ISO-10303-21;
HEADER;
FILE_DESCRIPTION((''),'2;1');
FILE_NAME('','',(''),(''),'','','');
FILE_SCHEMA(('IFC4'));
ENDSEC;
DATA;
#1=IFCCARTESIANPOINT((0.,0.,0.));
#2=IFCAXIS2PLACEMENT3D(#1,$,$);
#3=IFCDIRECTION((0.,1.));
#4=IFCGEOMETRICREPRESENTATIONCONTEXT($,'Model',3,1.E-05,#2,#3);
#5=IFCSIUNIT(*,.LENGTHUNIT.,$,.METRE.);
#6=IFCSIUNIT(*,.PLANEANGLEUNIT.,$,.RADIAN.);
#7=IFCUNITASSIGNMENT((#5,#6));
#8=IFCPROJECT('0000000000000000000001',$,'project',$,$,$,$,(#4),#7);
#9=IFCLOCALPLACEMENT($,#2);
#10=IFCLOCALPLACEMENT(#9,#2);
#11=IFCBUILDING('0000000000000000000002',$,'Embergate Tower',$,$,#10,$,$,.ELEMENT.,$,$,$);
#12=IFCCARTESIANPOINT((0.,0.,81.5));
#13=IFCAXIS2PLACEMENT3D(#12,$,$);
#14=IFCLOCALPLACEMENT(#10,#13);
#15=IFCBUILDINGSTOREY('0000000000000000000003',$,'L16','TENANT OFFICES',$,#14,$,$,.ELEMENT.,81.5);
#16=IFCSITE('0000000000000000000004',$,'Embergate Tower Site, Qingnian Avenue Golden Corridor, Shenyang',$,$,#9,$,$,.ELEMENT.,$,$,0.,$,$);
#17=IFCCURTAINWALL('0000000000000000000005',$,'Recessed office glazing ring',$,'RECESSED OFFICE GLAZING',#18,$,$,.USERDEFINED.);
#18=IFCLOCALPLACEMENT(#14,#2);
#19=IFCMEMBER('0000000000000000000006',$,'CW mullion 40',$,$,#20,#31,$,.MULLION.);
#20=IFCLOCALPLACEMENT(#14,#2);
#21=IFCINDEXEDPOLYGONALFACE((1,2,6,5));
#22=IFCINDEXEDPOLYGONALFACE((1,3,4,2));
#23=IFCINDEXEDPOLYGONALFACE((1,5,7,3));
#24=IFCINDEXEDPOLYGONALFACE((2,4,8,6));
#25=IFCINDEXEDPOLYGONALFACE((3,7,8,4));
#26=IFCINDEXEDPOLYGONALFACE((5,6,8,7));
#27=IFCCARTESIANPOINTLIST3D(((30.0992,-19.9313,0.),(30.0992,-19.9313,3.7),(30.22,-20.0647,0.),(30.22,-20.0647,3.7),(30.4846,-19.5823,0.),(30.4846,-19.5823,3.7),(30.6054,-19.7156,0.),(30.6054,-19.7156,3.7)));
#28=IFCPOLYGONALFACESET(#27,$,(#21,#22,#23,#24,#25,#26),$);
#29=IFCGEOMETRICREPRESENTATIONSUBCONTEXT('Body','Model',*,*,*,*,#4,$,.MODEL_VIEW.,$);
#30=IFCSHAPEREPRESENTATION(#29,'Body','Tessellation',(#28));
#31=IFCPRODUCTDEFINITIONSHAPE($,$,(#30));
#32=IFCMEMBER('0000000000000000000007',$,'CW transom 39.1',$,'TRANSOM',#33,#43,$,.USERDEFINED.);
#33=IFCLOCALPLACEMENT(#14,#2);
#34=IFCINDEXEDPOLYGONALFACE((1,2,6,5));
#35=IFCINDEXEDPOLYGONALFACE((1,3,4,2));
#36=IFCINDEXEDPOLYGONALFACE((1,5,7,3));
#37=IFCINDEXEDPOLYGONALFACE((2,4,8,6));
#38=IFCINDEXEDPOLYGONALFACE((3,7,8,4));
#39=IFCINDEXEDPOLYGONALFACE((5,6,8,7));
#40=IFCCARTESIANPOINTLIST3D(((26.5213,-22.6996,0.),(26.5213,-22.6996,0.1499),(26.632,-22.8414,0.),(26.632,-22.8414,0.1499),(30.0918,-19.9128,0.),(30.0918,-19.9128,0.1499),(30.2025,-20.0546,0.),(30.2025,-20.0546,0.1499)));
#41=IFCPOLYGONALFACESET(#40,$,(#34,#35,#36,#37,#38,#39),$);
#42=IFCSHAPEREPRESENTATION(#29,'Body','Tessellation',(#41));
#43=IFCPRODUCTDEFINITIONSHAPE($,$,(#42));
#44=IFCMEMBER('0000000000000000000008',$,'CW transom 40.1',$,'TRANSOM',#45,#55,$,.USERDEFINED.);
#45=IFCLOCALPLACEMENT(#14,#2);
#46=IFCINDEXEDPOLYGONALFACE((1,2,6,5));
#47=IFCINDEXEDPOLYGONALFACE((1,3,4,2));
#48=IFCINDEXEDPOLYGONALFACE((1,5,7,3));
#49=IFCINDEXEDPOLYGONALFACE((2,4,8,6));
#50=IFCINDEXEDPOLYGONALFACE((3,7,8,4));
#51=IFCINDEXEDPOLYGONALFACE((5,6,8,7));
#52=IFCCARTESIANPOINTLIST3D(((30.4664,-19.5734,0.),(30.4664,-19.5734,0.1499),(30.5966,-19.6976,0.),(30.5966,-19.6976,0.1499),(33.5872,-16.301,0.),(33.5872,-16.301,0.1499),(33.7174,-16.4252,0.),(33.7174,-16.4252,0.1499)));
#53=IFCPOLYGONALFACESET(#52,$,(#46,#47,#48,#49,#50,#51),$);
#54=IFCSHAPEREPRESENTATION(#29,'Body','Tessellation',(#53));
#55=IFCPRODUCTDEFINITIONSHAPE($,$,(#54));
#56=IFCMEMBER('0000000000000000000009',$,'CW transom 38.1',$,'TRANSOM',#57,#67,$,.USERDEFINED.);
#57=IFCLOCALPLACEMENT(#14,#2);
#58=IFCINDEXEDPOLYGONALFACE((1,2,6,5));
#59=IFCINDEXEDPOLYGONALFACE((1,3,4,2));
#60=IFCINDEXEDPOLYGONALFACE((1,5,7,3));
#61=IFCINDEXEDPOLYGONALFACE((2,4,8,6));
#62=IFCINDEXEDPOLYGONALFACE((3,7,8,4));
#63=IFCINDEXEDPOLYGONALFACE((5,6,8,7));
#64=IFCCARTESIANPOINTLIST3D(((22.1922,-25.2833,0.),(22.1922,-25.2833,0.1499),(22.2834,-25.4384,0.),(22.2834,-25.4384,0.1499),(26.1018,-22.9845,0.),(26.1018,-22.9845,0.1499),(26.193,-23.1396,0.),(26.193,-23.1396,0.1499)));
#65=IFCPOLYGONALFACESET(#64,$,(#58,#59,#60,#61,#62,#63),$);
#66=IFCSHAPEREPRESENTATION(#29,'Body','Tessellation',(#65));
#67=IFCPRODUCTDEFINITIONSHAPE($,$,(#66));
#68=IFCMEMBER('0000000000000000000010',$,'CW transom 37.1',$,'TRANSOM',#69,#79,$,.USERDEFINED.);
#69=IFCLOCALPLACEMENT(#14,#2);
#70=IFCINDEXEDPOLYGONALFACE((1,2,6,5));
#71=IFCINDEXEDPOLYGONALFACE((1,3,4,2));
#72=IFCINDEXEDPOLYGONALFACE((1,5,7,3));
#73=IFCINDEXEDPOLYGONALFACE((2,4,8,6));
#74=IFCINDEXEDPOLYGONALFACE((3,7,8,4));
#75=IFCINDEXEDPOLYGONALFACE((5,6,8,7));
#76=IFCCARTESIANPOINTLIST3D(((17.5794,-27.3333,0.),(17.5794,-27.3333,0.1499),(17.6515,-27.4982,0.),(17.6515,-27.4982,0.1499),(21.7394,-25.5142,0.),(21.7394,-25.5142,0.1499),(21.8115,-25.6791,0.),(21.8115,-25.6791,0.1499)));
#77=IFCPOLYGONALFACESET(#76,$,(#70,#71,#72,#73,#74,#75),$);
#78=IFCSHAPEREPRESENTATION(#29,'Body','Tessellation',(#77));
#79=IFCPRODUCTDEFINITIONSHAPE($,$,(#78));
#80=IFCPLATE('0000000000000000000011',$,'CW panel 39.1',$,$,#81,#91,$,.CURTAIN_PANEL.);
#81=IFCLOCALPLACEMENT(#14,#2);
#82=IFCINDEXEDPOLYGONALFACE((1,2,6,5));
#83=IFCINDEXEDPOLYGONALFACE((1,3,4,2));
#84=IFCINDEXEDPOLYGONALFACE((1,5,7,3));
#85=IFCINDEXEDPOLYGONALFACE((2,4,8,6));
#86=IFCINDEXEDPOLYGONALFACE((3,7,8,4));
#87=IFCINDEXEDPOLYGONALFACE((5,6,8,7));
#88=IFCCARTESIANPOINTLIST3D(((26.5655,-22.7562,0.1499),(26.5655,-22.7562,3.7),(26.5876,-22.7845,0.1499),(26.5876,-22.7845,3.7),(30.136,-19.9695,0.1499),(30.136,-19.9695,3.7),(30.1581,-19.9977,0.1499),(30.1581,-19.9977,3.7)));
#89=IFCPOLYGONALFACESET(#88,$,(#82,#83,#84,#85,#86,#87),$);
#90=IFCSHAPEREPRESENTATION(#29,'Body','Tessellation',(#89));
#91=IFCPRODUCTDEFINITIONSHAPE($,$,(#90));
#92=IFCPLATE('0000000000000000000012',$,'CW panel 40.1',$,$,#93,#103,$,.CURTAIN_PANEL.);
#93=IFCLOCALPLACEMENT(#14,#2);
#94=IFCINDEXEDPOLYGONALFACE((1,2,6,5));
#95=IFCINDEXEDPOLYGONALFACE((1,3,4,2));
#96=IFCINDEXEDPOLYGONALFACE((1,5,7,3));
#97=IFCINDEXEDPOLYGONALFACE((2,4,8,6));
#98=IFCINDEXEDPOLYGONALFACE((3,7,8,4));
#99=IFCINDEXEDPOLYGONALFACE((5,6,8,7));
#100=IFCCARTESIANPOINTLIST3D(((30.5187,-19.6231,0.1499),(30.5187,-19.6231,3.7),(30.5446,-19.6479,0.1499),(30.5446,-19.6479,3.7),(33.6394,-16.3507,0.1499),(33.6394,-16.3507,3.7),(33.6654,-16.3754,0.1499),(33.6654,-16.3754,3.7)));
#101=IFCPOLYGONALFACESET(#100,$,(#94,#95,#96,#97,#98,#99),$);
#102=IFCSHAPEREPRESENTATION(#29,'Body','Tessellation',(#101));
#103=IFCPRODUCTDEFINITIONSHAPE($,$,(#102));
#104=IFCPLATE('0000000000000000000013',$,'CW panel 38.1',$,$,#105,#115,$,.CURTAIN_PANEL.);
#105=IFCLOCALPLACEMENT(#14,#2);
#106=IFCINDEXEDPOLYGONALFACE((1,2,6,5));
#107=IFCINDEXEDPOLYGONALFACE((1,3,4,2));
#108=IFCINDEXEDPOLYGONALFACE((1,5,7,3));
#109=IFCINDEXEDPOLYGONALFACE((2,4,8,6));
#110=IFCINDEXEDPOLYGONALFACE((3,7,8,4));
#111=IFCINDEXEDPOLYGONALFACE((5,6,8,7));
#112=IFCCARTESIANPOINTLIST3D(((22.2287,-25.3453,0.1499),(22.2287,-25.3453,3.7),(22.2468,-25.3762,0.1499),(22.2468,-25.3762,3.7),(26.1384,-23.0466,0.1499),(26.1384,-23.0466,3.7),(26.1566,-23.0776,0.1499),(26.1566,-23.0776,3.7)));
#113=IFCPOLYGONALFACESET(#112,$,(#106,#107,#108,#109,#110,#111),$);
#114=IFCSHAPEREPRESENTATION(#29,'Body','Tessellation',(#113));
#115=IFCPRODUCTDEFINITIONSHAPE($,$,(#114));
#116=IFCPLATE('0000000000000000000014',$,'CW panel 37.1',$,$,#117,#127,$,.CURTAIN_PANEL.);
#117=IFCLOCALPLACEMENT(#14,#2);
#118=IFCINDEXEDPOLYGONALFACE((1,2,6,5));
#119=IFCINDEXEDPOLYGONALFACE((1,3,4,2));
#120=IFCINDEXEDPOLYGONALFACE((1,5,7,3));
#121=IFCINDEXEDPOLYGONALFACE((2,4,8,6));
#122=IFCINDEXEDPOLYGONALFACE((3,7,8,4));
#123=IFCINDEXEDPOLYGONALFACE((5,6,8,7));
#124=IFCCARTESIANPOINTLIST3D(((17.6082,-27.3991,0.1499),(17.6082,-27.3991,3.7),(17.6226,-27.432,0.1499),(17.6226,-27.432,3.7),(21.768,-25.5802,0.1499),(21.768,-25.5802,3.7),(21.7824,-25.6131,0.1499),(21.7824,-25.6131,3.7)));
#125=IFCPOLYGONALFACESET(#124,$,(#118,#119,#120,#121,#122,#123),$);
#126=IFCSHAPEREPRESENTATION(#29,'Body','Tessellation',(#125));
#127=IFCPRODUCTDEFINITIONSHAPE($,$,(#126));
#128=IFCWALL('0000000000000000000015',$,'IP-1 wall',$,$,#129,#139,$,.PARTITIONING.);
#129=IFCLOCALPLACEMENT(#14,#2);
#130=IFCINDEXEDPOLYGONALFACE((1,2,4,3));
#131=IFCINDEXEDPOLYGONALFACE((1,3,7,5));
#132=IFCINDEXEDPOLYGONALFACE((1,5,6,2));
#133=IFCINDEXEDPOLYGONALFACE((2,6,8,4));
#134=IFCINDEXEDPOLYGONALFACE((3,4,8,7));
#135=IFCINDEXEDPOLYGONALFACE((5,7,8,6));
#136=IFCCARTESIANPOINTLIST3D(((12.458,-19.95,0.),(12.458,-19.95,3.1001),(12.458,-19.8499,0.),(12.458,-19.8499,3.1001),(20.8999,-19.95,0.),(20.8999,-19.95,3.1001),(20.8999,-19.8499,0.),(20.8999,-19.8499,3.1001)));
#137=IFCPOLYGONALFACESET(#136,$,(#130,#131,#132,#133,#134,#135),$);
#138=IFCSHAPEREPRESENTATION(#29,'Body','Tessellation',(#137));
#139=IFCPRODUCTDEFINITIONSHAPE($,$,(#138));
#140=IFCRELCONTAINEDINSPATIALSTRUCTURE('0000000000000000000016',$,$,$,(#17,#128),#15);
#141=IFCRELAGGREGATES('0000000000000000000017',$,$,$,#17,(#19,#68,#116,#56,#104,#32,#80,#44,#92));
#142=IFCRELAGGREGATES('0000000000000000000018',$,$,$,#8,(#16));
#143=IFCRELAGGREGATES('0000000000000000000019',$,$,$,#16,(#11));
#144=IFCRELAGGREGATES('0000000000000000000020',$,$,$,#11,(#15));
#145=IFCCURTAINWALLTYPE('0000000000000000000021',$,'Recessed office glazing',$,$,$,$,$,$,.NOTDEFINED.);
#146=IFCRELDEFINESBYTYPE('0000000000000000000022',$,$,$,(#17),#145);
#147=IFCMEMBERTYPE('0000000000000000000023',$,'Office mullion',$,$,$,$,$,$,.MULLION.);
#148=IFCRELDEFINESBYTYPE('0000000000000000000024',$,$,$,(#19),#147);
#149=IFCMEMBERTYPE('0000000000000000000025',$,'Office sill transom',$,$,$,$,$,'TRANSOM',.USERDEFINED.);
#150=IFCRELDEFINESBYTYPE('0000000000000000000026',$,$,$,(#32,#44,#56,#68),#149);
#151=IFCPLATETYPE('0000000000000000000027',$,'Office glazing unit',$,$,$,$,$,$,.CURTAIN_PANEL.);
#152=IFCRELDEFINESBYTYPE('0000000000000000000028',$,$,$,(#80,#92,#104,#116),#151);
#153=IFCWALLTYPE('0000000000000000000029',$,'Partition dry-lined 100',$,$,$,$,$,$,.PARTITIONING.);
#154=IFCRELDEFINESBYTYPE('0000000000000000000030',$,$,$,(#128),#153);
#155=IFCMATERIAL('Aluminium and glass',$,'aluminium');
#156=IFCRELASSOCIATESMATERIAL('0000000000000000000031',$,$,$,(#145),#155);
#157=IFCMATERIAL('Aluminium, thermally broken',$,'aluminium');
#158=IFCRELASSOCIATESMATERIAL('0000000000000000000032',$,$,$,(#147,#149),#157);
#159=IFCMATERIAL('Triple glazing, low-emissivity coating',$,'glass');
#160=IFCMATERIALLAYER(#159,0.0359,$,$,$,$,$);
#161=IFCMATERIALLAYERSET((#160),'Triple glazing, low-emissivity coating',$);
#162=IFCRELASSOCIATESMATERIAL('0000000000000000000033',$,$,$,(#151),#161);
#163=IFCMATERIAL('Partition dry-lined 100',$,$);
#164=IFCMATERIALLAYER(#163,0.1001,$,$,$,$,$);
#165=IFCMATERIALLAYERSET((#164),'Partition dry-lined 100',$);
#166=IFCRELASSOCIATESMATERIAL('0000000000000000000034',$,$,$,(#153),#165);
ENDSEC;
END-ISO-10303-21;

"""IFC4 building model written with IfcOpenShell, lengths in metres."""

from ifc_helpers import new_model, si_unit, direction, frame, frame_2d, origin, origin_2d, place, context, subcontext, project, spatial, rectangle, extrude, source, transform, mapped, material, layer, layer_set, material_profile, profile_set, type_object, element, aggregate, save


model = new_model("IFC4")

# Units and contexts
model_context = context("Model", 3, precision=1e-05, world=origin(), true_north=direction((0.0, 1.0)))
body_context = subcontext(model_context, "Body", "Model", "MODEL_VIEW")
ifc_project = project(units=[si_unit("LENGTHUNIT", "METRE"), si_unit("PLANEANGLEUNIT", "RADIAN")], contexts=[model_context])

# Site, building, storey
site_placement = place(None, origin())
site = spatial("IfcSite", under=ifc_project, at=site_placement, Name="Embergate Tower Site, Qingnian Avenue Golden Corridor, Shenyang", CompositionType="ELEMENT", RefElevation=0.0)
building_placement = place(site_placement, origin())
building = spatial("IfcBuilding", under=site, at=building_placement, Name="Embergate Tower", CompositionType="ELEMENT")
storey_placement = place(building_placement, frame((0.0, 0.0, 81.5)))
storey = spatial("IfcBuildingStorey", under=building, at=storey_placement, Name="L16", Description="TENANT OFFICES", CompositionType="ELEMENT", Elevation=81.5)

# Curtain wall, members, plates
ifc_material_1 = material(Name="Aluminium and glass", Category="aluminium")
curtain_wall_type = type_object("IfcCurtainWallType", Name="Recessed office glazing", PredefinedType="NOTDEFINED", material=ifc_material_1)
curtain_wall_placement = place(storey_placement, origin())
curtain_wall = element("IfcCurtainWall", 1, at=curtain_wall_placement, inside=storey, type_object=curtain_wall_type, Name="Recessed office glazing ring", ObjectType="RECESSED OFFICE GLAZING", PredefinedType="USERDEFINED")
ifc_material_2 = material(Name="Aluminium, thermally broken", Category="aluminium")
ifc_material_profile_1 = material_profile(ifc_material_2, rectangle(XDim=0.1799, YDim=0.52, at=origin_2d()), Name="AL 520x180")
ifc_profile_set_1 = profile_set([ifc_material_profile_1], Name="Aluminium, thermally broken")
member_type_1 = type_object("IfcMemberType", Name="Office mullion", PredefinedType="MULLION", material=ifc_profile_set_1)
shared_shape_1 = source(origin(), body_context, "Body", "SweptSolid", [
    extrude(rectangle(XDim=0.1799, YDim=0.52, at=origin_2d()), origin(), (0.0, 0.0, 1.0), 3.7),
])
member_1_placement = place(storey_placement, frame((30.3523, -19.8235, 0.0), z_axis=(0.0, 0.0, 1.0), x_axis=(-0.671229, 0.74125, 0.0)))
member_1 = element("IfcMember", 2, at=member_1_placement, type_object=member_type_1, Name="CW mullion 40", PredefinedType="MULLION", context=body_context, shape_type="MappedRepresentation", body=[
    mapped(shared_shape_1, transform((0.0, 0.0, 0.0))),
])
ifc_material_profile_2 = material_profile(ifc_material_2, rectangle(XDim=0.1799, YDim=0.1499, at=origin_2d()), Name="AL 150x180")
ifc_profile_set_2 = profile_set([ifc_material_profile_2], Name="Aluminium, thermally broken")
member_type_2 = type_object("IfcMemberType", Name="Office sill transom", ElementType="TRANSOM", PredefinedType="USERDEFINED", material=ifc_profile_set_2)
shared_shape_2 = source(origin(), body_context, "Body", "SweptSolid", [
    extrude(rectangle(XDim=0.1799, YDim=0.1499, at=origin_2d()), origin(), (0.0, 0.0, 1.0), 4.5293),
])
member_2_placement = place(storey_placement, frame((26.5767, -22.7705, 0.075), z_axis=(0.788306, 0.615283, 0.0), x_axis=(-0.615283, 0.788306, 0.0)))
member_2 = element("IfcMember", 3, at=member_2_placement, type_object=member_type_2, Name="CW transom 39.1", ObjectType="TRANSOM", PredefinedType="USERDEFINED", context=body_context, shape_type="MappedRepresentation", body=[
    mapped(shared_shape_2, transform((0.0, 0.0, 0.0))),
])
shared_shape_3 = source(origin(), body_context, "Body", "SweptSolid", [
    extrude(rectangle(XDim=0.1799, YDim=0.1499, at=origin_2d()), origin(), (0.0, 0.0, 1.0), 4.522),
])
member_3_placement = place(storey_placement, frame((30.5315, -19.6355, 0.075), z_axis=(0.690144, 0.723672, 0.0), x_axis=(-0.723672, 0.690144, 0.0)))
member_3 = element("IfcMember", 4, at=member_3_placement, type_object=member_type_2, Name="CW transom 40.1", ObjectType="TRANSOM", PredefinedType="USERDEFINED", context=body_context, shape_type="MappedRepresentation", body=[
    mapped(shared_shape_3, transform((0.0, 0.0, 0.0))),
])
shared_shape_4 = source(origin(), body_context, "Body", "SweptSolid", [
    extrude(rectangle(XDim=0.1799, YDim=0.1499, at=origin_2d()), origin(), (0.0, 0.0, 1.0), 4.5354),
])
member_4_placement = place(storey_placement, frame((22.2378, -25.3608, 0.075), z_axis=(0.862028, 0.50686, 0.0), x_axis=(-0.50686, 0.862028, 0.0)))
member_4 = element("IfcMember", 5, at=member_4_placement, type_object=member_type_2, Name="CW transom 38.1", ObjectType="TRANSOM", PredefinedType="USERDEFINED", context=body_context, shape_type="MappedRepresentation", body=[
    mapped(shared_shape_4, transform((0.0, 0.0, 0.0))),
])
shared_shape_5 = source(origin(), body_context, "Body", "SweptSolid", [
    extrude(rectangle(XDim=0.1799, YDim=0.1499, at=origin_2d()), origin(), (0.0, 0.0, 1.0), 4.5403),
])
member_5_placement = place(storey_placement, frame((17.6155, -27.4158, 0.075), z_axis=(0.916228, 0.400658, 0.0), x_axis=(-0.400658, 0.916228, 0.0)))
member_5 = element("IfcMember", 6, at=member_5_placement, type_object=member_type_2, Name="CW transom 37.1", ObjectType="TRANSOM", PredefinedType="USERDEFINED", context=body_context, shape_type="MappedRepresentation", body=[
    mapped(shared_shape_5, transform((0.0, 0.0, 0.0))),
])
ifc_material_3 = material(Name="Triple glazing, low-emissivity coating", Category="glass")
ifc_layer_1 = layer(ifc_material_3, 0.0359)
ifc_layer_set_1 = layer_set([ifc_layer_1], Name="Triple glazing, low-emissivity coating")
plate_type = type_object("IfcPlateType", Name="Office glazing unit", PredefinedType="CURTAIN_PANEL", material=ifc_layer_set_1)
shared_shape_6 = source(origin(), body_context, "Body", "SweptSolid", [
    extrude(rectangle(XDim=4.5293, YDim=0.0359, at=origin_2d()), origin(), (0.0, 0.0, 1.0), 3.55),
])
plate_1_placement = place(storey_placement, frame((28.3618, -21.377, 0.1499), z_axis=(0.0, 0.0, 1.0), x_axis=(0.788321, 0.615264, 0.0)))
plate_1 = element("IfcPlate", 7, at=plate_1_placement, type_object=plate_type, Name="CW panel 39.1", PredefinedType="CURTAIN_PANEL", context=body_context, shape_type="MappedRepresentation", body=[
    mapped(shared_shape_6, transform((0.0, 0.0, 0.0))),
])
shared_shape_7 = source(origin(), body_context, "Body", "SweptSolid", [
    extrude(rectangle(XDim=4.522, YDim=0.0359, at=origin_2d()), origin(), (0.0, 0.0, 1.0), 3.55),
])
plate_2_placement = place(storey_placement, frame((32.092, -17.9993, 0.1499), z_axis=(0.0, 0.0, 1.0), x_axis=(0.690135, 0.723681, 0.0)))
plate_2 = element("IfcPlate", 8, at=plate_2_placement, type_object=plate_type, Name="CW panel 40.1", PredefinedType="CURTAIN_PANEL", context=body_context, shape_type="MappedRepresentation", body=[
    mapped(shared_shape_7, transform((0.0, 0.0, 0.0))),
])
shared_shape_8 = source(origin(), body_context, "Body", "SweptSolid", [
    extrude(rectangle(XDim=4.5354, YDim=0.0359, at=origin_2d()), origin(), (0.0, 0.0, 1.0), 3.55),
])
plate_3_placement = place(storey_placement, frame((24.1926, -24.2114, 0.1499), z_axis=(0.0, 0.0, 1.0), x_axis=(0.862053, 0.506818, 0.0)))
plate_3 = element("IfcPlate", 9, at=plate_3_placement, type_object=plate_type, Name="CW panel 38.1", PredefinedType="CURTAIN_PANEL", context=body_context, shape_type="MappedRepresentation", body=[
    mapped(shared_shape_8, transform((0.0, 0.0, 0.0))),
])
shared_shape_9 = source(origin(), body_context, "Body", "SweptSolid", [
    extrude(rectangle(XDim=4.54, YDim=0.0359, at=origin_2d()), origin(), (0.0, 0.0, 1.0), 3.55),
])
plate_4_placement = place(storey_placement, frame((19.6953, -26.5061, 0.1499), z_axis=(0.0, 0.0, 1.0), x_axis=(0.916236, 0.400638, 0.0)))
plate_4 = element("IfcPlate", 10, at=plate_4_placement, type_object=plate_type, Name="CW panel 37.1", PredefinedType="CURTAIN_PANEL", context=body_context, shape_type="MappedRepresentation", body=[
    mapped(shared_shape_9, transform((0.0, 0.0, 0.0))),
])
aggregate(curtain_wall, [member_1, member_5, plate_4, member_4, plate_3, member_2, plate_1, member_3, plate_2])

# Wall
ifc_material_4 = material(Name="Partition dry-lined 100")
ifc_layer_2 = layer(ifc_material_4, 0.1001)
ifc_layer_set_2 = layer_set([ifc_layer_2], Name="Partition dry-lined 100")
wall_type = type_object("IfcWallType", Name="Partition dry-lined 100", PredefinedType="PARTITIONING", material=ifc_layer_set_2)
shared_shape_10 = source(origin(), body_context, "Body", "SweptSolid", [
    extrude(rectangle(XDim=8.4419, YDim=0.1001, at=frame_2d((4.2209, 0.0))), origin(), (0.0, 0.0, 1.0), 3.1001),
])
wall_placement = place(storey_placement, frame((20.8999, -19.8999, 0.0), z_axis=(0.0, 0.0, 1.0), x_axis=(-1.0, 0.0, 0.0)))
element("IfcWall", 11, at=wall_placement, inside=storey, type_object=wall_type, Name="IP-1 wall", PredefinedType="PARTITIONING", context=body_context, shape_type="MappedRepresentation", body=[
    mapped(shared_shape_10, transform((0.0, 0.0, 0.0))),
])

save(model, "model.ifc")
